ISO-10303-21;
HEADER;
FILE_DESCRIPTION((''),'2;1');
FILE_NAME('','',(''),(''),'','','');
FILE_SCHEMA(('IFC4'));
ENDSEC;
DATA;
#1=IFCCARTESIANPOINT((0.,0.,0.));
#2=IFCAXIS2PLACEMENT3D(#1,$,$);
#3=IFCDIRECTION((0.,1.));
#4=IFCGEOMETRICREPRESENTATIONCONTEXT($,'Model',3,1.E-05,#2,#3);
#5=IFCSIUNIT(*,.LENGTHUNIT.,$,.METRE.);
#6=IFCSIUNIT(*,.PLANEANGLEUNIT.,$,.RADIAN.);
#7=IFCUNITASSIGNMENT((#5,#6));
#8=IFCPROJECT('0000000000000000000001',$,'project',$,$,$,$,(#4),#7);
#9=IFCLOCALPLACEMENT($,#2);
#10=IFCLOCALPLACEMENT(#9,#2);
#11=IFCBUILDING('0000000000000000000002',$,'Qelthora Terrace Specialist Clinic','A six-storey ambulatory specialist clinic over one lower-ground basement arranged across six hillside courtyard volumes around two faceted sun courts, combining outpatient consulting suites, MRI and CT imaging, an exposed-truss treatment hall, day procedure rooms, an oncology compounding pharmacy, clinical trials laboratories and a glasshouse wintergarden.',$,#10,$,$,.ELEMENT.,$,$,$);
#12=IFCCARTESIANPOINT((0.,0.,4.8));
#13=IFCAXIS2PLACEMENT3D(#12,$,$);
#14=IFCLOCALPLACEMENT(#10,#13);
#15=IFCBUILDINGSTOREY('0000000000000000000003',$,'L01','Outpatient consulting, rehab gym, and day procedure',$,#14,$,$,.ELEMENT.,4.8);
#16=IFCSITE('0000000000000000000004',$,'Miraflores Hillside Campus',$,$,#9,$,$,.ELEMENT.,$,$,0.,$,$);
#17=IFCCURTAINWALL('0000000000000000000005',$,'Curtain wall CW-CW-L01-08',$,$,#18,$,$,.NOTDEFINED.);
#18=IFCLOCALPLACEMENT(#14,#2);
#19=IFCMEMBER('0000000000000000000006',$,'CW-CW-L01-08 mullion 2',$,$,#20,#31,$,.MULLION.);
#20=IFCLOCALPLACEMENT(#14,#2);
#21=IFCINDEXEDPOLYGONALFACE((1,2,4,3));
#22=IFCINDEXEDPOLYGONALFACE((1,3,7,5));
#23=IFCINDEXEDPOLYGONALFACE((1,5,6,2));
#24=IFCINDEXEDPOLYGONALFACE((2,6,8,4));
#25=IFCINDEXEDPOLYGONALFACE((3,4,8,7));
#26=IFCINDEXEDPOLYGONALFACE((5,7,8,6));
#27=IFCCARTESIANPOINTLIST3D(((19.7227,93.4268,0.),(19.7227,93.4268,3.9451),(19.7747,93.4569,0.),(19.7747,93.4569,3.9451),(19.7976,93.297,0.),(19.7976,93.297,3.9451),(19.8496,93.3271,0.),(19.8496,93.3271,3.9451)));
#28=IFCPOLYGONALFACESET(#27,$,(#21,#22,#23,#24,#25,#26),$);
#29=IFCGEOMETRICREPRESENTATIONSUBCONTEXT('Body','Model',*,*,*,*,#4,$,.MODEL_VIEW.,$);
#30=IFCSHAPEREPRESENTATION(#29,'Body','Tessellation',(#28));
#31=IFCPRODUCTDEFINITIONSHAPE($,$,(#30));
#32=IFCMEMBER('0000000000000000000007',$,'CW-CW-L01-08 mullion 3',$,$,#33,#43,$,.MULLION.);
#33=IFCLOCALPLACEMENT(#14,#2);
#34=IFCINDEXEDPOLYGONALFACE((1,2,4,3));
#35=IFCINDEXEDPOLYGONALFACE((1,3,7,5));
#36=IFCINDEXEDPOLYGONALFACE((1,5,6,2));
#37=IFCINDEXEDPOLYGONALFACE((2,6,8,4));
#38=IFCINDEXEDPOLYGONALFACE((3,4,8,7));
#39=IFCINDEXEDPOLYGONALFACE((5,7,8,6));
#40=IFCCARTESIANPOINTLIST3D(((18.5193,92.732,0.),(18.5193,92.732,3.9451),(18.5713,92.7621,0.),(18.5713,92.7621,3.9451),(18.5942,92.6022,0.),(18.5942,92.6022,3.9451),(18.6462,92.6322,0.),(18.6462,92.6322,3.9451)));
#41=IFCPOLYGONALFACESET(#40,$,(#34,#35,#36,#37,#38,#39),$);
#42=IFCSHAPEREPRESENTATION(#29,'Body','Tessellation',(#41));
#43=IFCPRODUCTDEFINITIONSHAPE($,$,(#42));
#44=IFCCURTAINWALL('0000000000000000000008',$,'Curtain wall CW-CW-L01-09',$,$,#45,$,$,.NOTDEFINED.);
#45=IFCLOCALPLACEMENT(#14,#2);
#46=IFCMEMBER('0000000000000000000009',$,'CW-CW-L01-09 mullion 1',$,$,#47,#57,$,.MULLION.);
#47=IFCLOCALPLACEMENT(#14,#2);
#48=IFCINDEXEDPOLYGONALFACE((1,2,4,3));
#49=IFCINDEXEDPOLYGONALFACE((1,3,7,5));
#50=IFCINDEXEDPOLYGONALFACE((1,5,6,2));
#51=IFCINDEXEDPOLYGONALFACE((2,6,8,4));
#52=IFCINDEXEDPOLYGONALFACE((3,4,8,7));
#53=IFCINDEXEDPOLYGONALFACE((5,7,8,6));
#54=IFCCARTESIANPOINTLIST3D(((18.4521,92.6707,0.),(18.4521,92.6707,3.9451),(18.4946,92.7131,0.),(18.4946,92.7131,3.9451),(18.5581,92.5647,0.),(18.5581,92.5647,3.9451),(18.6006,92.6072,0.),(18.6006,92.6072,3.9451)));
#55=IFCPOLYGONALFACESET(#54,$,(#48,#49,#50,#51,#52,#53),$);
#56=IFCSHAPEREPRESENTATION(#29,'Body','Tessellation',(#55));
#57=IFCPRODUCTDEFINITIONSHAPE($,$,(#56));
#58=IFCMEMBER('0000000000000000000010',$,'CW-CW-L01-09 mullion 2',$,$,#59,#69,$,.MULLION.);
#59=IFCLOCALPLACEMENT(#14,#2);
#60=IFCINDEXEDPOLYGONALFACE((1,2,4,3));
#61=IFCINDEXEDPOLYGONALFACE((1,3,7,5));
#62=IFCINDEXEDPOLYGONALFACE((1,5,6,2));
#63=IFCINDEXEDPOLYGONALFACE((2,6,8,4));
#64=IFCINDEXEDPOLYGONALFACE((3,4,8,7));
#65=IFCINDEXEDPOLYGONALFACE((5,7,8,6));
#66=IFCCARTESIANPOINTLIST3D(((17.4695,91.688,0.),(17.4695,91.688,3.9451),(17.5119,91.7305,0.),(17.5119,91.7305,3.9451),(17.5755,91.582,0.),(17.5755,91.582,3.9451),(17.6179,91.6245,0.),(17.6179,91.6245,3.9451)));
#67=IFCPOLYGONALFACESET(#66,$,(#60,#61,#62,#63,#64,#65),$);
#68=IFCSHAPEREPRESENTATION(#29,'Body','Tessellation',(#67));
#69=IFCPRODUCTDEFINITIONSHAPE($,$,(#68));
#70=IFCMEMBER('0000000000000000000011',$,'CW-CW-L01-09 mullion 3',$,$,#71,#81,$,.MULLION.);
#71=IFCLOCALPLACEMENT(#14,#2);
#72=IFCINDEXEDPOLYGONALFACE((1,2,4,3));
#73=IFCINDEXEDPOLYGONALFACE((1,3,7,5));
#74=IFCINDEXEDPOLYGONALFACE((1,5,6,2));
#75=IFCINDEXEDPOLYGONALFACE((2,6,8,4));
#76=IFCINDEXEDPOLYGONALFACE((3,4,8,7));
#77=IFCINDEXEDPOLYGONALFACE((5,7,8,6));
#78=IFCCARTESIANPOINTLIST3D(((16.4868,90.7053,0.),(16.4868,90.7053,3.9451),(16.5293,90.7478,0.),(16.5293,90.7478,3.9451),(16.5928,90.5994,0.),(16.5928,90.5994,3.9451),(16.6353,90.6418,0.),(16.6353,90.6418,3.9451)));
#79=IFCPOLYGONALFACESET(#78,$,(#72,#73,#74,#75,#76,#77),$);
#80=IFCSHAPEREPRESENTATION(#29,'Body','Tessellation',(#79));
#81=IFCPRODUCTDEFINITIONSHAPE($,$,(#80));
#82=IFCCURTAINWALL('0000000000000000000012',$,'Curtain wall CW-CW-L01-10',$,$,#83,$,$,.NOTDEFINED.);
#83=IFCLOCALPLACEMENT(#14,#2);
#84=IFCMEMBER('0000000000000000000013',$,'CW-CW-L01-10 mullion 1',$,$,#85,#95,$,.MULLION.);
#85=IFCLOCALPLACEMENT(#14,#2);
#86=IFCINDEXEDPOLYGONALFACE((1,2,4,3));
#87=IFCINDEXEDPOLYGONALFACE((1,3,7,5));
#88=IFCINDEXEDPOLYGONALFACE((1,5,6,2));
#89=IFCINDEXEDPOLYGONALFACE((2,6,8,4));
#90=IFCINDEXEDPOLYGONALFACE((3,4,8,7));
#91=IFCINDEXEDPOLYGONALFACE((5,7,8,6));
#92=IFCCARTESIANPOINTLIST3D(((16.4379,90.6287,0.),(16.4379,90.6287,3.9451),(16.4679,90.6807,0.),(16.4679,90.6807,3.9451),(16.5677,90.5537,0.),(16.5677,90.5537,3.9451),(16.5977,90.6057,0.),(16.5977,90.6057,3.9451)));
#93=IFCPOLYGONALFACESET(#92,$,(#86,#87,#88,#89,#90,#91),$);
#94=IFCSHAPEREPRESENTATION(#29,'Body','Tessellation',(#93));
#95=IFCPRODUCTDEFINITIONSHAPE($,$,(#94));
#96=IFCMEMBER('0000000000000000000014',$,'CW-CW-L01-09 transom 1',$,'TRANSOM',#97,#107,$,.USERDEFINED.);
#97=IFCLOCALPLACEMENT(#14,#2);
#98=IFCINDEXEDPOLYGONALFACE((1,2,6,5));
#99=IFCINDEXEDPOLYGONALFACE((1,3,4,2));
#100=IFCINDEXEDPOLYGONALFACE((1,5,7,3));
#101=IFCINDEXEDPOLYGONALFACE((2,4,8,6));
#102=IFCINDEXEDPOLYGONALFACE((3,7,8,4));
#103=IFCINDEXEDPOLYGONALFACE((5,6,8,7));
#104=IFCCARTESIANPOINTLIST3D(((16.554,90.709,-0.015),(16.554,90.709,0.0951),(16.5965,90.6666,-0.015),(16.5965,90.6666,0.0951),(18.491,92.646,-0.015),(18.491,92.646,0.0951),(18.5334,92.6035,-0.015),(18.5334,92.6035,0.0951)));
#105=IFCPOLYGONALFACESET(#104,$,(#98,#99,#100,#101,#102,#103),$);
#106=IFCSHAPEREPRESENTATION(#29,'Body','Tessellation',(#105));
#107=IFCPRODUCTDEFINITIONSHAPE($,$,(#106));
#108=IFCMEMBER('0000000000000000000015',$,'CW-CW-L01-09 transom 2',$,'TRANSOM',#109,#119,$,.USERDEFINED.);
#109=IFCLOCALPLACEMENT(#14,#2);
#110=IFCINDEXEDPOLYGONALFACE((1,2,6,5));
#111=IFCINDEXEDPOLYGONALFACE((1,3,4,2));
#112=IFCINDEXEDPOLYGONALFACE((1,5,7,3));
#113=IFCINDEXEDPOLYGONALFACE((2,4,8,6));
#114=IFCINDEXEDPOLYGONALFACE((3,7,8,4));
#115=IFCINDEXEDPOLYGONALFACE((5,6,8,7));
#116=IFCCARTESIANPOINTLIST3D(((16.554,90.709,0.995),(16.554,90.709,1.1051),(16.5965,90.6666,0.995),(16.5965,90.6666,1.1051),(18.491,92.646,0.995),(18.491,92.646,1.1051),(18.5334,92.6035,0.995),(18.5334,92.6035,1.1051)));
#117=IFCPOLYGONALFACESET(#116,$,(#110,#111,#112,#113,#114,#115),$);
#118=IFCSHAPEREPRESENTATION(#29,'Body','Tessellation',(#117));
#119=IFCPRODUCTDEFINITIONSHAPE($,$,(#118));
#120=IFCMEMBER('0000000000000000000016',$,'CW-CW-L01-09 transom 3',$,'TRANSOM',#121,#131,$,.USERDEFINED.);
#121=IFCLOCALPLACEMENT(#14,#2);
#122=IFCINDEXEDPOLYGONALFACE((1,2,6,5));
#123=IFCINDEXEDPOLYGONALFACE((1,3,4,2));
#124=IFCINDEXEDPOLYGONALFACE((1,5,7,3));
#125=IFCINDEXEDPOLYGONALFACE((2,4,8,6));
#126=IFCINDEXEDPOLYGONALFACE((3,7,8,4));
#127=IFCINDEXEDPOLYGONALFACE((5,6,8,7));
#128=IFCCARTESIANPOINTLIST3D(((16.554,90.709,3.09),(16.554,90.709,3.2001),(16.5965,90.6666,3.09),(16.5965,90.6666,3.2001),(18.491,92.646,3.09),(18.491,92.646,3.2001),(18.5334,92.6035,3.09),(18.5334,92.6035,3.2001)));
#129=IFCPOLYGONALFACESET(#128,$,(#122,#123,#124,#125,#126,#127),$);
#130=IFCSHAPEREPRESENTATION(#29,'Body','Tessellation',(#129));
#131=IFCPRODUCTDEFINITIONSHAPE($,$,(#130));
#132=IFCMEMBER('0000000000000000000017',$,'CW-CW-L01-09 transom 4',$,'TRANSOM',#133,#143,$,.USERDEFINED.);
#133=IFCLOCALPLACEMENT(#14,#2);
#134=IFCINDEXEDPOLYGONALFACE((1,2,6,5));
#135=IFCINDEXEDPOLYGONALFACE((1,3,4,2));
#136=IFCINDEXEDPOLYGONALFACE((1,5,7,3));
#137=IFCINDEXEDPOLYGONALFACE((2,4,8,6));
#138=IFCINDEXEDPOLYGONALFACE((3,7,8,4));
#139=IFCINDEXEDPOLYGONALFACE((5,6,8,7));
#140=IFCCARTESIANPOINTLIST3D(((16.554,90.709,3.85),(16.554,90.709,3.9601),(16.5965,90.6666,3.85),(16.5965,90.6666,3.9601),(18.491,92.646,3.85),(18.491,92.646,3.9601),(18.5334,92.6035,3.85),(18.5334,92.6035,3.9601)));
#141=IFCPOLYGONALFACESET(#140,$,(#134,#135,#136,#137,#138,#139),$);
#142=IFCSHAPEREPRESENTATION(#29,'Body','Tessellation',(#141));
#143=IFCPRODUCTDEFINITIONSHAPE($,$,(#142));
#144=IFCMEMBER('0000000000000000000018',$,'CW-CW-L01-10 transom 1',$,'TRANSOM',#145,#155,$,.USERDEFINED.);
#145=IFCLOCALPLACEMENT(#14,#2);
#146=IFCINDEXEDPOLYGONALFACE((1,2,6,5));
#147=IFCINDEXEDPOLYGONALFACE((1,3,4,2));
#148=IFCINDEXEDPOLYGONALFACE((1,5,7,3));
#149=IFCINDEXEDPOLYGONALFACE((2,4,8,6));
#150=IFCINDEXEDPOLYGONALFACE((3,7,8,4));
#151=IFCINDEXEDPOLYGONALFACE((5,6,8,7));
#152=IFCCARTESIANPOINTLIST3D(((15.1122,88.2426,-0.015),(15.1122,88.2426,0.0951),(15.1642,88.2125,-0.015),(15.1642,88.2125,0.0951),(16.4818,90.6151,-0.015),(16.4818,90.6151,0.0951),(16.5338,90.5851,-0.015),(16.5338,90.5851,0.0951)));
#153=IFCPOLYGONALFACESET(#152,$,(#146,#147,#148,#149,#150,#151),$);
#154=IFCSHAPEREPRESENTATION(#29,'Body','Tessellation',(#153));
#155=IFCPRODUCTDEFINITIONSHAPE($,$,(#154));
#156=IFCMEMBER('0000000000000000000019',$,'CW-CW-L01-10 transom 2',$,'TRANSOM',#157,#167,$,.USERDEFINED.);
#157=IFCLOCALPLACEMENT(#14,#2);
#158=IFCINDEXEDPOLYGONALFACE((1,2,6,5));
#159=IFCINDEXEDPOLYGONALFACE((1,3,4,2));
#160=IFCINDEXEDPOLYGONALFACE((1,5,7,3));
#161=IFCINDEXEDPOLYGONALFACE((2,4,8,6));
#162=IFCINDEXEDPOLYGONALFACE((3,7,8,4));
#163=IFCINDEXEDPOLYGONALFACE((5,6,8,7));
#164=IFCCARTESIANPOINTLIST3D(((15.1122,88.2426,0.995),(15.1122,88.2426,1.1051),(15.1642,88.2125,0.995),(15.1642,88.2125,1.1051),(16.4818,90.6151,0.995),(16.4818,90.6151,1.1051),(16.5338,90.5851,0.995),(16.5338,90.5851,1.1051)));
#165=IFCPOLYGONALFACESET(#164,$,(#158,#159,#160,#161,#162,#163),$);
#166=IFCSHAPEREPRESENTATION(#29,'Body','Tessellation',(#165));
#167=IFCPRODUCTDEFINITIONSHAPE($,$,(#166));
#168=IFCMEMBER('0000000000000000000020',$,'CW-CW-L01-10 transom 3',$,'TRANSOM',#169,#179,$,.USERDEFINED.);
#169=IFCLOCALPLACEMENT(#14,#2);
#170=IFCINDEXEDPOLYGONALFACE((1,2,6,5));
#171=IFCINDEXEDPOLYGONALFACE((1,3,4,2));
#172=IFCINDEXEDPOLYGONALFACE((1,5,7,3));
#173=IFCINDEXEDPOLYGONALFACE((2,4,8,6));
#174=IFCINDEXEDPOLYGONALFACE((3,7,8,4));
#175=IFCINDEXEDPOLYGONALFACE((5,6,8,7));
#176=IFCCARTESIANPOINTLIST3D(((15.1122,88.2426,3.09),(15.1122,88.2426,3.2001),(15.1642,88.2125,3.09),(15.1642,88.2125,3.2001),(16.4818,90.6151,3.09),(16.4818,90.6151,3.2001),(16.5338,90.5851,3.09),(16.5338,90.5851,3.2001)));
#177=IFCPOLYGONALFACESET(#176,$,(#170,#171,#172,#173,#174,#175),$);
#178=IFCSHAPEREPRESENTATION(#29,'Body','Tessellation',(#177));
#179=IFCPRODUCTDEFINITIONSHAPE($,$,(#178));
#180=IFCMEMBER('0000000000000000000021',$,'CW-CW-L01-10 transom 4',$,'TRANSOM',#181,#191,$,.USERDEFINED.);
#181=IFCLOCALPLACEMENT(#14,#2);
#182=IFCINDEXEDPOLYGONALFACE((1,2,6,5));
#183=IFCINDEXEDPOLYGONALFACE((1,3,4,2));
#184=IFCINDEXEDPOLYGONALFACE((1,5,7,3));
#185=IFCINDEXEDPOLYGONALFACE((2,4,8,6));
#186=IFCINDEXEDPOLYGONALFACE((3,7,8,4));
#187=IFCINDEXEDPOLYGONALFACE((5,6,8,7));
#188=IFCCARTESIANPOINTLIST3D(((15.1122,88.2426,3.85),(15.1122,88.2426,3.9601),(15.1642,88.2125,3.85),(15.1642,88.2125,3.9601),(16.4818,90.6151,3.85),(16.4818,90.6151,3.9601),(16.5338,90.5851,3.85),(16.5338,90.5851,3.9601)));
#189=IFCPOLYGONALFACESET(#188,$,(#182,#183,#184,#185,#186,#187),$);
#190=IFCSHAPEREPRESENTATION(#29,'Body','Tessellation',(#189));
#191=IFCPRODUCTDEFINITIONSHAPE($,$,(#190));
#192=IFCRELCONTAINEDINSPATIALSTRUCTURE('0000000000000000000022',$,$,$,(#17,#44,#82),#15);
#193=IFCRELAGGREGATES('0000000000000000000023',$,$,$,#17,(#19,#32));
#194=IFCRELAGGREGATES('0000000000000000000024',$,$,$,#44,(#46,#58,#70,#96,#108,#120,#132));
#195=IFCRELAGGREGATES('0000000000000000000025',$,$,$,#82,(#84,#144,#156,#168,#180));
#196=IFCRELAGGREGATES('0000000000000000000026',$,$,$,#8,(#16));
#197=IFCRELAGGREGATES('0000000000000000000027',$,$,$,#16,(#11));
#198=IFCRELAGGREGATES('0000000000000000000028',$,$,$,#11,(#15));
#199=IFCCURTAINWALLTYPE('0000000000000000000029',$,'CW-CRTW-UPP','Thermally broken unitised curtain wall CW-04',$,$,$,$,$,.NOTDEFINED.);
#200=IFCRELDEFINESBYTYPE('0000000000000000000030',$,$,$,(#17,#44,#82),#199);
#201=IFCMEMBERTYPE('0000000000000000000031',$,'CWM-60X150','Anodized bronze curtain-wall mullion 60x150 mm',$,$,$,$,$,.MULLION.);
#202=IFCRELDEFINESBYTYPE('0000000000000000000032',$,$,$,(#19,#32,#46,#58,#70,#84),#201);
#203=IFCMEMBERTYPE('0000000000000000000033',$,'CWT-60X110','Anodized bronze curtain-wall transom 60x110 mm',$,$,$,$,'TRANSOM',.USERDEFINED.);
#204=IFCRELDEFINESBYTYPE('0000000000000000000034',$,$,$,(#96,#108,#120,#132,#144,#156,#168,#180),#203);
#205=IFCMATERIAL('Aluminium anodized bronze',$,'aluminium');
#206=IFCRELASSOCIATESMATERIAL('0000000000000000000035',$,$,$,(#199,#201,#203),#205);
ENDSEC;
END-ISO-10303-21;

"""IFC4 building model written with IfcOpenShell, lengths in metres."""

from ifc_helpers import new_model, si_unit, direction, frame, origin, origin_2d, place, context, subcontext, project, spatial, rectangle, extrude, material, material_profile, profile_set, type_object, element, aggregate, save


model = new_model("IFC4")

# Units and contexts
model_context = context("Model", 3, precision=1e-05, world=origin(), true_north=direction((0.0, 1.0)))
body_context = subcontext(model_context, "Body", "Model", "MODEL_VIEW")
ifc_project = project(units=[si_unit("LENGTHUNIT", "METRE"), si_unit("PLANEANGLEUNIT", "RADIAN")], contexts=[model_context])

# Site, building, storey
site_placement = place(None, origin())
site = spatial("IfcSite", under=ifc_project, at=site_placement, Name="Miraflores Hillside Campus", CompositionType="ELEMENT", RefElevation=0.0)
building_placement = place(site_placement, origin())
building = spatial("IfcBuilding", under=site, at=building_placement, Name="Qelthora Terrace Specialist Clinic", Description="A six-storey ambulatory specialist clinic over one lower-ground basement arranged across six hillside courtyard volumes around two faceted sun courts, combining outpatient consulting suites, MRI and CT imaging, an exposed-truss treatment hall, day procedure rooms, an oncology compounding pharmacy, clinical trials laboratories and a glasshouse wintergarden.", CompositionType="ELEMENT")
storey_placement = place(building_placement, frame((0.0, 0.0, 4.8)))
storey = spatial("IfcBuildingStorey", under=building, at=storey_placement, Name="L01", Description="Outpatient consulting, rehab gym, and day procedure", CompositionType="ELEMENT", Elevation=4.8)

# Curtain walls, members
ifc_material_1 = material(Name="Aluminium anodized bronze", Category="aluminium")
curtain_wall_type = type_object("IfcCurtainWallType", Name="CW-CRTW-UPP", Description="Thermally broken unitised curtain wall CW-04", PredefinedType="NOTDEFINED", material=ifc_material_1)
curtain_wall_1_placement = place(storey_placement, origin())
curtain_wall_1 = element("IfcCurtainWall", 1, at=curtain_wall_1_placement, inside=storey, type_object=curtain_wall_type, Name="Curtain wall CW-CW-L01-08", PredefinedType="NOTDEFINED")
ifc_material_profile_1 = material_profile(ifc_material_1, rectangle(XDim=0.0601, YDim=0.1499, at=origin_2d()), Name="CWM60X150")
ifc_profile_set_1 = profile_set([ifc_material_profile_1], Name="Aluminium anodized bronze")
member_type_1 = type_object("IfcMemberType", Name="CWM-60X150", Description="Anodized bronze curtain-wall mullion 60x150 mm", PredefinedType="MULLION", material=ifc_profile_set_1)
member_1_placement = place(storey_placement, frame((19.7861, 93.377, 0.0), z_axis=(0.0, 0.0, 1.0), x_axis=(-0.866026, -0.5, 0.0)))
member_1 = element("IfcMember", 2, at=member_1_placement, type_object=member_type_1, Name="CW-CW-L01-08 mullion 2", PredefinedType="MULLION", context=body_context, shape_type="SweptSolid", body=[
    extrude(rectangle(XDim=0.0601, YDim=0.1499, at=origin_2d()), origin(), (0.0, 0.0, 1.0), 3.9451),
])
member_2_placement = place(storey_placement, frame((18.5828, 92.6821, 0.0), z_axis=(0.0, 0.0, 1.0), x_axis=(-0.866026, -0.5, 0.0)))
member_2 = element("IfcMember", 3, at=member_2_placement, type_object=member_type_1, Name="CW-CW-L01-08 mullion 3", PredefinedType="MULLION", context=body_context, shape_type="SweptSolid", body=[
    extrude(rectangle(XDim=0.0601, YDim=0.1499, at=origin_2d()), origin(), (0.0, 0.0, 1.0), 3.9451),
])
curtain_wall_2_placement = place(storey_placement, origin())
curtain_wall_2 = element("IfcCurtainWall", 4, at=curtain_wall_2_placement, inside=storey, type_object=curtain_wall_type, Name="Curtain wall CW-CW-L01-09", PredefinedType="NOTDEFINED")
member_3_placement = place(storey_placement, frame((18.5264, 92.6389, 0.0), z_axis=(0.0, 0.0, 1.0), x_axis=(-0.707107, -0.707107, 0.0)))
member_3 = element("IfcMember", 5, at=member_3_placement, type_object=member_type_1, Name="CW-CW-L01-09 mullion 1", PredefinedType="MULLION", context=body_context, shape_type="SweptSolid", body=[
    extrude(rectangle(XDim=0.0601, YDim=0.1499, at=origin_2d()), origin(), (0.0, 0.0, 1.0), 3.9451),
])
member_4_placement = place(storey_placement, frame((17.5437, 91.6562, 0.0), z_axis=(0.0, 0.0, 1.0), x_axis=(-0.707107, -0.707107, 0.0)))
member_4 = element("IfcMember", 6, at=member_4_placement, type_object=member_type_1, Name="CW-CW-L01-09 mullion 2", PredefinedType="MULLION", context=body_context, shape_type="SweptSolid", body=[
    extrude(rectangle(XDim=0.0601, YDim=0.1499, at=origin_2d()), origin(), (0.0, 0.0, 1.0), 3.9451),
])
member_5_placement = place(storey_placement, frame((16.561, 90.6736, 0.0), z_axis=(0.0, 0.0, 1.0), x_axis=(-0.707107, -0.707107, 0.0)))
member_5 = element("IfcMember", 7, at=member_5_placement, type_object=member_type_1, Name="CW-CW-L01-09 mullion 3", PredefinedType="MULLION", context=body_context, shape_type="SweptSolid", body=[
    extrude(rectangle(XDim=0.0601, YDim=0.1499, at=origin_2d()), origin(), (0.0, 0.0, 1.0), 3.9451),
])

# Curtain wall, member
curtain_wall_3_placement = place(storey_placement, origin())
curtain_wall_3 = element("IfcCurtainWall", 8, at=curtain_wall_3_placement, inside=storey, type_object=curtain_wall_type, Name="Curtain wall CW-CW-L01-10", PredefinedType="NOTDEFINED")
member_6_placement = place(storey_placement, frame((16.5178, 90.6172, 0.0), z_axis=(0.0, 0.0, 1.0), x_axis=(-0.5, -0.866026, 0.0)))
member_6 = element("IfcMember", 9, at=member_6_placement, type_object=member_type_1, Name="CW-CW-L01-10 mullion 1", PredefinedType="MULLION", context=body_context, shape_type="SweptSolid", body=[
    extrude(rectangle(XDim=0.0601, YDim=0.1499, at=origin_2d()), origin(), (0.0, 0.0, 1.0), 3.9451),
])

# Members
ifc_material_profile_2 = material_profile(ifc_material_1, rectangle(XDim=0.0601, YDim=0.1101, at=origin_2d()), Name="CWT60X110")
ifc_profile_set_2 = profile_set([ifc_material_profile_2], Name="Aluminium anodized bronze")
member_type_2 = type_object("IfcMemberType", Name="CWT-60X110", Description="Anodized bronze curtain-wall transom 60x110 mm", ElementType="TRANSOM", PredefinedType="USERDEFINED", material=ifc_profile_set_2)
member_7_placement = place(storey_placement, frame((18.5122, 92.6248, 0.04), z_axis=(-0.707107, -0.707107, 0.0), x_axis=(0.707107, -0.707107, 0.0)))
member_7 = element("IfcMember", 10, at=member_7_placement, type_object=member_type_2, Name="CW-CW-L01-09 transom 1", ObjectType="TRANSOM", PredefinedType="USERDEFINED", context=body_context, shape_type="SweptSolid", body=[
    extrude(rectangle(XDim=0.0601, YDim=0.1101, at=origin_2d()), origin(), (0.0, 0.0, 1.0), 2.7393),
])
member_8_placement = place(storey_placement, frame((18.5122, 92.6248, 1.05), z_axis=(-0.707107, -0.707107, 0.0), x_axis=(0.707107, -0.707107, 0.0)))
member_8 = element("IfcMember", 11, at=member_8_placement, type_object=member_type_2, Name="CW-CW-L01-09 transom 2", ObjectType="TRANSOM", PredefinedType="USERDEFINED", context=body_context, shape_type="SweptSolid", body=[
    extrude(rectangle(XDim=0.0601, YDim=0.1101, at=origin_2d()), origin(), (0.0, 0.0, 1.0), 2.7393),
])
member_9_placement = place(storey_placement, frame((18.5122, 92.6248, 3.145), z_axis=(-0.707107, -0.707107, 0.0), x_axis=(0.707107, -0.707107, 0.0)))
member_9 = element("IfcMember", 12, at=member_9_placement, type_object=member_type_2, Name="CW-CW-L01-09 transom 3", ObjectType="TRANSOM", PredefinedType="USERDEFINED", context=body_context, shape_type="SweptSolid", body=[
    extrude(rectangle(XDim=0.0601, YDim=0.1101, at=origin_2d()), origin(), (0.0, 0.0, 1.0), 2.7393),
])
member_10_placement = place(storey_placement, frame((18.5122, 92.6248, 3.905), z_axis=(-0.707107, -0.707107, 0.0), x_axis=(0.707107, -0.707107, 0.0)))
member_10 = element("IfcMember", 13, at=member_10_placement, type_object=member_type_2, Name="CW-CW-L01-09 transom 4", ObjectType="TRANSOM", PredefinedType="USERDEFINED", context=body_context, shape_type="SweptSolid", body=[
    extrude(rectangle(XDim=0.0601, YDim=0.1101, at=origin_2d()), origin(), (0.0, 0.0, 1.0), 2.7393),
])
member_11_placement = place(storey_placement, frame((16.5078, 90.6001, 0.04), z_axis=(-0.499954, -0.866052, 0.0), x_axis=(0.866052, -0.499954, 0.0)))
member_11 = element("IfcMember", 14, at=member_11_placement, type_object=member_type_2, Name="CW-CW-L01-10 transom 1", ObjectType="TRANSOM", PredefinedType="USERDEFINED", context=body_context, shape_type="SweptSolid", body=[
    extrude(rectangle(XDim=0.0601, YDim=0.1101, at=origin_2d()), origin(), (0.0, 0.0, 1.0), 2.7395),
])
member_12_placement = place(storey_placement, frame((16.5078, 90.6001, 1.05), z_axis=(-0.499954, -0.866052, 0.0), x_axis=(0.866052, -0.499954, 0.0)))
member_12 = element("IfcMember", 15, at=member_12_placement, type_object=member_type_2, Name="CW-CW-L01-10 transom 2", ObjectType="TRANSOM", PredefinedType="USERDEFINED", context=body_context, shape_type="SweptSolid", body=[
    extrude(rectangle(XDim=0.0601, YDim=0.1101, at=origin_2d()), origin(), (0.0, 0.0, 1.0), 2.7395),
])
member_13_placement = place(storey_placement, frame((16.5078, 90.6001, 3.145), z_axis=(-0.499954, -0.866052, 0.0), x_axis=(0.866052, -0.499954, 0.0)))
member_13 = element("IfcMember", 16, at=member_13_placement, type_object=member_type_2, Name="CW-CW-L01-10 transom 3", ObjectType="TRANSOM", PredefinedType="USERDEFINED", context=body_context, shape_type="SweptSolid", body=[
    extrude(rectangle(XDim=0.0601, YDim=0.1101, at=origin_2d()), origin(), (0.0, 0.0, 1.0), 2.7395),
])
member_14_placement = place(storey_placement, frame((16.5078, 90.6001, 3.905), z_axis=(-0.499954, -0.866052, 0.0), x_axis=(0.866052, -0.499954, 0.0)))
member_14 = element("IfcMember", 17, at=member_14_placement, type_object=member_type_2, Name="CW-CW-L01-10 transom 4", ObjectType="TRANSOM", PredefinedType="USERDEFINED", context=body_context, shape_type="SweptSolid", body=[
    extrude(rectangle(XDim=0.0601, YDim=0.1101, at=origin_2d()), origin(), (0.0, 0.0, 1.0), 2.7395),
])

aggregate(curtain_wall_1, [member_1, member_2])
aggregate(curtain_wall_2, [member_3, member_4, member_5, member_7, member_8, member_9, member_10])
aggregate(curtain_wall_3, [member_6, member_11, member_12, member_13, member_14])

save(model, "model.ifc")
